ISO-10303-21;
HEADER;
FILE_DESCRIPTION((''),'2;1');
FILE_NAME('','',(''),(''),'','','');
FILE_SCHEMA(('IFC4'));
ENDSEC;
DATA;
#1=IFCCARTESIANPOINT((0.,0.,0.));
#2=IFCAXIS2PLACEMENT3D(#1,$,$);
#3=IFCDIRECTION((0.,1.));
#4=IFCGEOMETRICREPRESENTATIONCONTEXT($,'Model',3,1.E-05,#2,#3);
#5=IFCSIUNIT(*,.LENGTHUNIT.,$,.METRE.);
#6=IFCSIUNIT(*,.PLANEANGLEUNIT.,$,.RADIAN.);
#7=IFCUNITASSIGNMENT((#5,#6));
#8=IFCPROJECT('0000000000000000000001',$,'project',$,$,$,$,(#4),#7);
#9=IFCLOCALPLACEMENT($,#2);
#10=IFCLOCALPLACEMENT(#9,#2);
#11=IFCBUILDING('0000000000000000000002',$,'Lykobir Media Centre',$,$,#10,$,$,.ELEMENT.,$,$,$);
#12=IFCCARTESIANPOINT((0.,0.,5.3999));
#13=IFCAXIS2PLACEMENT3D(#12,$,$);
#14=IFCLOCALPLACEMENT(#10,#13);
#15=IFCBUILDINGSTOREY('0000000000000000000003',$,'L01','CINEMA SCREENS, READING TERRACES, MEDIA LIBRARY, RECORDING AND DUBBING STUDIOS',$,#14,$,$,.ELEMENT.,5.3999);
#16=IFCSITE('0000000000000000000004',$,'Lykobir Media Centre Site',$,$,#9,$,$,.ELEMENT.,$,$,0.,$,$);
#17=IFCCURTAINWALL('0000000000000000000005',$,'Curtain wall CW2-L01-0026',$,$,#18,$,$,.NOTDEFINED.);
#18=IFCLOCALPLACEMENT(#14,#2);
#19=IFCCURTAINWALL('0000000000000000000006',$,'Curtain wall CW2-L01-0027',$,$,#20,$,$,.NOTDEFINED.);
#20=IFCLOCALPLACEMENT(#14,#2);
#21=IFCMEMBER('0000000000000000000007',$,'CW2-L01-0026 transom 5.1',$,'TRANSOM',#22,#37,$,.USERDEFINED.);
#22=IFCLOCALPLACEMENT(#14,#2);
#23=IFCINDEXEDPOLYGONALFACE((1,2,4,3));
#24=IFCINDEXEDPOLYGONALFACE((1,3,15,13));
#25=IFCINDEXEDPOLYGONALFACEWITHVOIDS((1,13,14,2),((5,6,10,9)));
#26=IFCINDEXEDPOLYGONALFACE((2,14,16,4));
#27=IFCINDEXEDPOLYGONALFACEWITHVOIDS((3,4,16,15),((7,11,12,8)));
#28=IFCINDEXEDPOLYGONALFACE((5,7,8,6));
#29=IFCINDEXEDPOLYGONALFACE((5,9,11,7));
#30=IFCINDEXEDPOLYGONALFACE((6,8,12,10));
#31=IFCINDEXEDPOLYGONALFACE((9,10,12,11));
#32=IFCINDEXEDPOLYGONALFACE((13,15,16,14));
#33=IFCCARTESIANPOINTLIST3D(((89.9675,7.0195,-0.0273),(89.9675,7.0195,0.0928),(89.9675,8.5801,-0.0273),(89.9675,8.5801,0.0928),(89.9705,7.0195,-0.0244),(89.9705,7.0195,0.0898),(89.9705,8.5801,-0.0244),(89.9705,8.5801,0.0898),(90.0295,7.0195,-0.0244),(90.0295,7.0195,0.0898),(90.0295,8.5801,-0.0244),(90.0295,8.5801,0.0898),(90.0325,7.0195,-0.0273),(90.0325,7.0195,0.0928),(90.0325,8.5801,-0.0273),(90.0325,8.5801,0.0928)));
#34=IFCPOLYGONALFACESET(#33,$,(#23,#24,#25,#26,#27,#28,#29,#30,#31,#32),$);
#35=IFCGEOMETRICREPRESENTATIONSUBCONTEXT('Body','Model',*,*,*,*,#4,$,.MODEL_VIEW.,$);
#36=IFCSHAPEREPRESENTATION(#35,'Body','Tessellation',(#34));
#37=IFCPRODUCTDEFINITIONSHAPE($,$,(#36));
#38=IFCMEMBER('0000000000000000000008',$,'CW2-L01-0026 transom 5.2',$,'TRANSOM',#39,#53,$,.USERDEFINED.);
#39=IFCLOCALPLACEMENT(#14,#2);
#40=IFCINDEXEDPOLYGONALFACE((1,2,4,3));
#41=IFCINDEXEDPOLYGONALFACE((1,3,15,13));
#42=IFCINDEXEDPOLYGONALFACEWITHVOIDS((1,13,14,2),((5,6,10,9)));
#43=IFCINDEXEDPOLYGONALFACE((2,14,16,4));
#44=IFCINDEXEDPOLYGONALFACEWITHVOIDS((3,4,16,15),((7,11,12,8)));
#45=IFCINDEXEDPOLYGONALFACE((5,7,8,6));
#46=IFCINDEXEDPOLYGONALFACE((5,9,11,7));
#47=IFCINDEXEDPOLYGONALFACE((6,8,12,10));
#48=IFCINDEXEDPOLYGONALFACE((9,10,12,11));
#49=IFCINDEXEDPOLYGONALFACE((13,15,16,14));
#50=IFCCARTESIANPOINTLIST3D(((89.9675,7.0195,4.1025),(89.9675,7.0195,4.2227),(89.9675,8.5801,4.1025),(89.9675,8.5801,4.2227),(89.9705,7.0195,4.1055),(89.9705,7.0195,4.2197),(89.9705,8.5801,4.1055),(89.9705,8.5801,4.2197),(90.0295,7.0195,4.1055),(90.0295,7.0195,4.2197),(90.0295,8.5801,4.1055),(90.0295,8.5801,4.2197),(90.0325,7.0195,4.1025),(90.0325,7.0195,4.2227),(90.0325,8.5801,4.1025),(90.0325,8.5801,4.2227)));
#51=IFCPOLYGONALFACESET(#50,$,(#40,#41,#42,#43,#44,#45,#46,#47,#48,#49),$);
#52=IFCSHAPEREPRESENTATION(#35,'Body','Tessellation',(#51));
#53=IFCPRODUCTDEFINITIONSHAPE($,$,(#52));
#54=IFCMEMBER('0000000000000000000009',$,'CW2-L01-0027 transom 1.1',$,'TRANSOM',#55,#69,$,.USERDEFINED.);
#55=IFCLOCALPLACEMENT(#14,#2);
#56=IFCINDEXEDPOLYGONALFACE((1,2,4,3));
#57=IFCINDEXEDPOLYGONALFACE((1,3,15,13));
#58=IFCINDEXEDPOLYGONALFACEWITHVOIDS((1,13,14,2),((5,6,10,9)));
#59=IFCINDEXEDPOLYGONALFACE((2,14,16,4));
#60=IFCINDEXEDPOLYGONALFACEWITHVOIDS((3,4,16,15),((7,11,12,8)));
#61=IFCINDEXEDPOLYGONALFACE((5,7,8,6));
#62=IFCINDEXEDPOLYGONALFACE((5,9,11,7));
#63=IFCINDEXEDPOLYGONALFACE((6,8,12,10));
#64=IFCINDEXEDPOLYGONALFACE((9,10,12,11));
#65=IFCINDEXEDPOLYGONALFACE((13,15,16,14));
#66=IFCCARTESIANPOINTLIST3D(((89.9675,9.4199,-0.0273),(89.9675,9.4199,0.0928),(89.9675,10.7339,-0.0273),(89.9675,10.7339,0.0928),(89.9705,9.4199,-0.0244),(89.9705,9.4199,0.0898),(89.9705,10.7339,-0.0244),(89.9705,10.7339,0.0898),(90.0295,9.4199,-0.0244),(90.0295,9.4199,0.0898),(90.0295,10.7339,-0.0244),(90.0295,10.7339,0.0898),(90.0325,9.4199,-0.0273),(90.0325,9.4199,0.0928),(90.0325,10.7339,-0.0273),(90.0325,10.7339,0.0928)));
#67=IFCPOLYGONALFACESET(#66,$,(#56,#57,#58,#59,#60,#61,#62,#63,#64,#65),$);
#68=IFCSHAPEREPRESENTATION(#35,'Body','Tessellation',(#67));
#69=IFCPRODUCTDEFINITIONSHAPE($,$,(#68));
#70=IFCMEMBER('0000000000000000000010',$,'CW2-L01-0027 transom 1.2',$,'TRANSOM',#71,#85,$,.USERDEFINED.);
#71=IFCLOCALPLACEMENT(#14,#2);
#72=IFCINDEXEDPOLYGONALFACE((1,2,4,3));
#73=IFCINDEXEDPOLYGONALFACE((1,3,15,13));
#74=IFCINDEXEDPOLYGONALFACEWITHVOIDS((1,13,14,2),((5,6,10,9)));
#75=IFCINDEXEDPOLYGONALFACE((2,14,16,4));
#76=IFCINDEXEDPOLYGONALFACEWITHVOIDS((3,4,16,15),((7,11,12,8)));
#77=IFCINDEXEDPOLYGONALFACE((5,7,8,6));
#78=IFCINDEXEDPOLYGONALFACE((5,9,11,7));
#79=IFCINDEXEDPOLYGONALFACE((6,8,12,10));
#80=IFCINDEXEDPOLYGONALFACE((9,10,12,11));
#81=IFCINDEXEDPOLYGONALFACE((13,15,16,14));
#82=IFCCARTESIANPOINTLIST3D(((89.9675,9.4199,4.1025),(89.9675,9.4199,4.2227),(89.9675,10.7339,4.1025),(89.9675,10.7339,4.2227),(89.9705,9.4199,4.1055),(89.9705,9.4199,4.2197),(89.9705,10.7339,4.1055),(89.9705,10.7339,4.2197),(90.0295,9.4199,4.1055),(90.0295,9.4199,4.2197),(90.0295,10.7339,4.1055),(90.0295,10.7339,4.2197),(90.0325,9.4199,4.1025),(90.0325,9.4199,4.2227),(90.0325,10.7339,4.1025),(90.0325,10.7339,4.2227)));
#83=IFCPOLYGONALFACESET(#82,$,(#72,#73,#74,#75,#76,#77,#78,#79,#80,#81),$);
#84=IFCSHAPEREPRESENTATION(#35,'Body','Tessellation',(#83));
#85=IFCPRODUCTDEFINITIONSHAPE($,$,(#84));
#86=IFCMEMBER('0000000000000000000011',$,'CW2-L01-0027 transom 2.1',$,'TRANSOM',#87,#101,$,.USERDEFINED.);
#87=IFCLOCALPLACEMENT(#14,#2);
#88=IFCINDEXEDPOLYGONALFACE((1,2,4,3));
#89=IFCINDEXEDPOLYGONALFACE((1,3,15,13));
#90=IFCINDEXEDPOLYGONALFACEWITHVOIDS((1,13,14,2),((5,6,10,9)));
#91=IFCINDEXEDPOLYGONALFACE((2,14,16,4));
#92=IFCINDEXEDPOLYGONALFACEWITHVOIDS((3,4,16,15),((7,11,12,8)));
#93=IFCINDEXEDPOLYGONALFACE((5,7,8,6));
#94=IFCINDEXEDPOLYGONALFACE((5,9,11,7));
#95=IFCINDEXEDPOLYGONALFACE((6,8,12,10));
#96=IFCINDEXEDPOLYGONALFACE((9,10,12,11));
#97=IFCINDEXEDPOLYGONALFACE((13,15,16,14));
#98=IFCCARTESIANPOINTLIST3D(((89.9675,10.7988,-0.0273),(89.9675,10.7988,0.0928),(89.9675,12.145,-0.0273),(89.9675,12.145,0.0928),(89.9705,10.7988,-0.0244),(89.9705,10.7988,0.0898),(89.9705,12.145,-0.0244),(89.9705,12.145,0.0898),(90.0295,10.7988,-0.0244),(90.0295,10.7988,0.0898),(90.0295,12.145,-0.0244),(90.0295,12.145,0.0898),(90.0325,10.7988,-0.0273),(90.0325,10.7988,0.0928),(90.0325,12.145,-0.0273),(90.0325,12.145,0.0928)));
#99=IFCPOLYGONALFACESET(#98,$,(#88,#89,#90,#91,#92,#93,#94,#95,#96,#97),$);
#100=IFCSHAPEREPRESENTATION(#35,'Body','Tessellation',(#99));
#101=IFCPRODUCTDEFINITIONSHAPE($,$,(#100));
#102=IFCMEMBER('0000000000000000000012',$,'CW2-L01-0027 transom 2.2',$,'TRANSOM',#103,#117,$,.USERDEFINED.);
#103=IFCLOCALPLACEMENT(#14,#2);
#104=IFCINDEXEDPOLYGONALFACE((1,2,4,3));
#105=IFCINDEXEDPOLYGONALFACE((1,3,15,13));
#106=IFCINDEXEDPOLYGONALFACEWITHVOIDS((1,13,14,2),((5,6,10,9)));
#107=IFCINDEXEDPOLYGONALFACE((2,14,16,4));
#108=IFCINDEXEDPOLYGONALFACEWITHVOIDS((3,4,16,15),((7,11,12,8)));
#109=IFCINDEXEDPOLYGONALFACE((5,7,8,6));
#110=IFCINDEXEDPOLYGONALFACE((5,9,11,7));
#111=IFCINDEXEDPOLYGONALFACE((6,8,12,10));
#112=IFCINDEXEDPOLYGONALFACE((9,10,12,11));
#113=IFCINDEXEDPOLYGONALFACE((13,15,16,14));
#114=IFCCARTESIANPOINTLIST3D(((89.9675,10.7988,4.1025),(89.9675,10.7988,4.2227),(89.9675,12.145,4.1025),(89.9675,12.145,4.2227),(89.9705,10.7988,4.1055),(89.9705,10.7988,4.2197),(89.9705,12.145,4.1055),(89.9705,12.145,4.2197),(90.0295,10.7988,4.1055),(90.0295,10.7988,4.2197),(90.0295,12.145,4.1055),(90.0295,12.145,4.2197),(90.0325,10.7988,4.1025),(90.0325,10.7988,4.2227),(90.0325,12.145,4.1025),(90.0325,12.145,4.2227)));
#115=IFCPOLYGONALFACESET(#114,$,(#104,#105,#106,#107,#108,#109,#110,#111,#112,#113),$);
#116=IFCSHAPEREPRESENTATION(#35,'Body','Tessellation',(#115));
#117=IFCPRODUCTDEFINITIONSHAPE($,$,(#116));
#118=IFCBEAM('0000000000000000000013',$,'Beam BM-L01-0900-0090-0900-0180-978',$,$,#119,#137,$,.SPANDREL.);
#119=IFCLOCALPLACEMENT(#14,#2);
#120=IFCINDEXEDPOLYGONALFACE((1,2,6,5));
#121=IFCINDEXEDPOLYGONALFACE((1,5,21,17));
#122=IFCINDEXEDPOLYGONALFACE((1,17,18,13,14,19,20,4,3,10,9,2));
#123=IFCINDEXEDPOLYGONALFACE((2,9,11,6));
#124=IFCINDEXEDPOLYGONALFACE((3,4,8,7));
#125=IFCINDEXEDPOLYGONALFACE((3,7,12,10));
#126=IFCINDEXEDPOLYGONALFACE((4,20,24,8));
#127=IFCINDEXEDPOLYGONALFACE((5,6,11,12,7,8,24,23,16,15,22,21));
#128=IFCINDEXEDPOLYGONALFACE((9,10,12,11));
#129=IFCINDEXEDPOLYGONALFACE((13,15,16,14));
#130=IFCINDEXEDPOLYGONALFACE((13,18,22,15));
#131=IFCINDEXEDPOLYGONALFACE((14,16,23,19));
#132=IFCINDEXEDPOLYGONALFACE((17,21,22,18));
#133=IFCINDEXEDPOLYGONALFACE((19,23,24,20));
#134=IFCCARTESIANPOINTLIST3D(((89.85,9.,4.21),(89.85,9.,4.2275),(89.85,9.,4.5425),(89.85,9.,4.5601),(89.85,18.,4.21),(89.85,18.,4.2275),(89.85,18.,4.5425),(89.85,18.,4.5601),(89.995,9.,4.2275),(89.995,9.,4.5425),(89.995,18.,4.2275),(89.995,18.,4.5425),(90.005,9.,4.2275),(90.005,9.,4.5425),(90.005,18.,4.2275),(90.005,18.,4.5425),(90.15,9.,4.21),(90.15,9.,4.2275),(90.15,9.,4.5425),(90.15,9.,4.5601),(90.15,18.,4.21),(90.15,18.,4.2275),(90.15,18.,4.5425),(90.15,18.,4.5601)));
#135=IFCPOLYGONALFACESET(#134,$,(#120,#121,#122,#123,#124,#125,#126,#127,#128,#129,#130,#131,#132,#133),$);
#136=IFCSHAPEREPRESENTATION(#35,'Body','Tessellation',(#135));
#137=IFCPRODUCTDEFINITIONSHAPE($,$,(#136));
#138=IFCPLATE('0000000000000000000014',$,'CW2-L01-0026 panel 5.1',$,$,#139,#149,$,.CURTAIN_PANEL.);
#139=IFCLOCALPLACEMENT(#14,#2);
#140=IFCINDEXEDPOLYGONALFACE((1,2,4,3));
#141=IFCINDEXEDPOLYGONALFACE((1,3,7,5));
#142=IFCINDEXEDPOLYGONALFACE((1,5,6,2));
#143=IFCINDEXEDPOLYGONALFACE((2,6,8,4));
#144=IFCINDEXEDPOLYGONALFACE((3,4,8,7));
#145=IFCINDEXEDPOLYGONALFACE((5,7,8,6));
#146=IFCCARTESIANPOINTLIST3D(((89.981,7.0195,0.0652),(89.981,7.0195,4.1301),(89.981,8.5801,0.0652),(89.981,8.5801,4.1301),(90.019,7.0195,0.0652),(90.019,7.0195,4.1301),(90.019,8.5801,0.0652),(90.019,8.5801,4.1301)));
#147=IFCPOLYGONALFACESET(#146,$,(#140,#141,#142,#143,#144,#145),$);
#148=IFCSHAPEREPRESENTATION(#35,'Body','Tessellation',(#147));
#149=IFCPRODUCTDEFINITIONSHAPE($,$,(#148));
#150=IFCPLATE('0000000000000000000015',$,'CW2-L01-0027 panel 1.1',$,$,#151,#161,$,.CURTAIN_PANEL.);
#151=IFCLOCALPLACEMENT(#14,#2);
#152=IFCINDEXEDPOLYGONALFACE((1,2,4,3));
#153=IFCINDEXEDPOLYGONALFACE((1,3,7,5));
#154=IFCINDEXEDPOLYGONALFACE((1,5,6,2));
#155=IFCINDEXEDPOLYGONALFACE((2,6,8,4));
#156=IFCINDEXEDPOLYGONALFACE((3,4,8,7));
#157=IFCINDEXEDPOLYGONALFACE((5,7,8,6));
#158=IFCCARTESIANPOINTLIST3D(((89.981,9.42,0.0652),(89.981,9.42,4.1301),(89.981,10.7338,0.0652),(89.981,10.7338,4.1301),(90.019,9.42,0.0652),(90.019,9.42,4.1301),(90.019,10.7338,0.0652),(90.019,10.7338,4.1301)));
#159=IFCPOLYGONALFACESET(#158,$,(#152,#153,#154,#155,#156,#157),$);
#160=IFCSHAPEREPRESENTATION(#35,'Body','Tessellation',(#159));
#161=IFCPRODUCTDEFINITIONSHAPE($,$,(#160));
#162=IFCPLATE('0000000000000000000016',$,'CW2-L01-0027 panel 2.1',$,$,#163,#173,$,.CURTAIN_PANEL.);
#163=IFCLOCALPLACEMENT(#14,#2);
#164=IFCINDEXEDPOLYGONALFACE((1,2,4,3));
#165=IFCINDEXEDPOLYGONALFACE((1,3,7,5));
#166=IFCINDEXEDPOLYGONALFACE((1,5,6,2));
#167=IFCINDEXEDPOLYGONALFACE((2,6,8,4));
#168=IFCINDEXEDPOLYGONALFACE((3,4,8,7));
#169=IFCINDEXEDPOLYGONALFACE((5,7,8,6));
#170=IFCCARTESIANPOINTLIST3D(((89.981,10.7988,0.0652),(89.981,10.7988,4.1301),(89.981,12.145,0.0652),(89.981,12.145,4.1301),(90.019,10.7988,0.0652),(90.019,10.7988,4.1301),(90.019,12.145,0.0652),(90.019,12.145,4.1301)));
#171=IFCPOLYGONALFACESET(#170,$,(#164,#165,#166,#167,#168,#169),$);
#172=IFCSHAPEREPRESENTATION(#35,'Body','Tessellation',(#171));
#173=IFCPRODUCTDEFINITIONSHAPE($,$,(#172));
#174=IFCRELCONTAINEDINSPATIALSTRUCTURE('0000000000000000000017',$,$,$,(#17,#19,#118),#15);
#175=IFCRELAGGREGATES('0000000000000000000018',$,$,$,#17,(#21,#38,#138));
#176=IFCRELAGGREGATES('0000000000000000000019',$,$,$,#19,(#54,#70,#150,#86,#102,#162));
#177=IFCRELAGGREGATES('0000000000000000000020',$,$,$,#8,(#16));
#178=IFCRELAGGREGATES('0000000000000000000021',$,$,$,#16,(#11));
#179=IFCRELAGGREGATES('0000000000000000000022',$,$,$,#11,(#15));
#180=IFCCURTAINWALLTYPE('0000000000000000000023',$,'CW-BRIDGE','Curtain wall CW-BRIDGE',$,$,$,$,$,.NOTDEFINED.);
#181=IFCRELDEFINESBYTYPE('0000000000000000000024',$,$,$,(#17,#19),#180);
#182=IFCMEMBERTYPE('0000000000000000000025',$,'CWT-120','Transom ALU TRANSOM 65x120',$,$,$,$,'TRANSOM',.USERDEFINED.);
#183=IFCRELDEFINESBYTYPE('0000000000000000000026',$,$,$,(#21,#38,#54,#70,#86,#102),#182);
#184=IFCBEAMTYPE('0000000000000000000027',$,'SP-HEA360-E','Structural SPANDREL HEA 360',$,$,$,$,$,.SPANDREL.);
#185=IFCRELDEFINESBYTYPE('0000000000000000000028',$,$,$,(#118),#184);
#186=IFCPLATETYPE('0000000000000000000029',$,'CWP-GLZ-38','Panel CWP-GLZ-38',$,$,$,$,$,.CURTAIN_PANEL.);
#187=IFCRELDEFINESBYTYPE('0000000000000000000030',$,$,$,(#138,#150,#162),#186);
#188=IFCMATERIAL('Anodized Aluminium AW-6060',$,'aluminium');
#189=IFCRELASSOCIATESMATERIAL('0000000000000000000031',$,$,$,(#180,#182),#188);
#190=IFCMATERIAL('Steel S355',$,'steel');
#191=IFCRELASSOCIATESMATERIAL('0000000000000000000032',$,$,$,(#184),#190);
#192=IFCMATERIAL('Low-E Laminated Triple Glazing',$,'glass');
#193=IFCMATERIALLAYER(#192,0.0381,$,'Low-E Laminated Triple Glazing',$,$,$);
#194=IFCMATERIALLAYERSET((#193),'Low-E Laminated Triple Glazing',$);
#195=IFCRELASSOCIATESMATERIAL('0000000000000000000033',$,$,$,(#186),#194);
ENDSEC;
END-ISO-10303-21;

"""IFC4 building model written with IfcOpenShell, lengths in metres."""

from ifc_helpers import new_model, si_unit, direction, frame, origin, origin_2d, place, context, subcontext, project, spatial, rectangle, hollow_rectangle, i_section, extrude, material, layer, layer_set, material_profile, profile_set, type_object, element, aggregate, save


model = new_model("IFC4")

# Units and contexts
model_context = context("Model", 3, precision=1e-05, world=origin(), true_north=direction((0.0, 1.0)))
body_context = subcontext(model_context, "Body", "Model", "MODEL_VIEW")
ifc_project = project(units=[si_unit("LENGTHUNIT", "METRE"), si_unit("PLANEANGLEUNIT", "RADIAN")], contexts=[model_context])

# Site, building, storey
site_placement = place(None, origin())
site = spatial("IfcSite", under=ifc_project, at=site_placement, Name="Lykobir Media Centre Site", CompositionType="ELEMENT", RefElevation=0.0)
building_placement = place(site_placement, origin())
building = spatial("IfcBuilding", under=site, at=building_placement, Name="Lykobir Media Centre", CompositionType="ELEMENT")
storey_placement = place(building_placement, frame((0.0, 0.0, 5.3999)))
storey = spatial("IfcBuildingStorey", under=building, at=storey_placement, Name="L01", Description="CINEMA SCREENS, READING TERRACES, MEDIA LIBRARY, RECORDING AND DUBBING STUDIOS", CompositionType="ELEMENT", Elevation=5.3999)

# Shared definitions
ifc_material_1 = material(Name="Steel S355", Category="steel")

# Curtain walls
ifc_material_2 = material(Name="Anodized Aluminium AW-6060", Category="aluminium")
curtain_wall_type = type_object("IfcCurtainWallType", Name="CW-BRIDGE", Description="Curtain wall CW-BRIDGE", PredefinedType="NOTDEFINED", material=ifc_material_2)
curtain_wall_1_placement = place(storey_placement, origin())
curtain_wall_1 = element("IfcCurtainWall", 1, at=curtain_wall_1_placement, inside=storey, type_object=curtain_wall_type, Name="Curtain wall CW2-L01-0026", PredefinedType="NOTDEFINED")
curtain_wall_2_placement = place(storey_placement, origin())
curtain_wall_2 = element("IfcCurtainWall", 2, at=curtain_wall_2_placement, inside=storey, type_object=curtain_wall_type, Name="Curtain wall CW2-L01-0027", PredefinedType="NOTDEFINED")

# Members
ifc_material_profile_1 = material_profile(ifc_material_2, hollow_rectangle(XDim=0.0649, YDim=0.1201, WallThickness=0.0029, at=origin_2d()), Name="ALU TRANSOM 65x120")
ifc_profile_set_1 = profile_set([ifc_material_profile_1], Name="Anodized Aluminium AW-6060")
member_type_1 = type_object("IfcMemberType", Name="CWT-120", Description="Transom ALU TRANSOM 65x120", ElementType="TRANSOM", PredefinedType="USERDEFINED", material=ifc_profile_set_1)
member_1_placement = place(storey_placement, frame((90.0, 7.0195, 0.0327), z_axis=(0.0, 1.0, 0.0), x_axis=(-1.0, 0.0, 0.0)))
member_1 = element("IfcMember", 3, at=member_1_placement, type_object=member_type_1, Name="CW2-L01-0026 transom 5.1", ObjectType="TRANSOM", PredefinedType="USERDEFINED", context=body_context, shape_type="SweptSolid", body=[
    extrude(hollow_rectangle(XDim=0.0649, YDim=0.1201, WallThickness=0.0029, at=origin_2d()), origin(), (0.0, 0.0, 1.0), 1.5605),
])
member_2_placement = place(storey_placement, frame((90.0, 7.0195, 4.1626), z_axis=(0.0, 1.0, 0.0), x_axis=(-1.0, 0.0, 0.0)))
member_2 = element("IfcMember", 4, at=member_2_placement, type_object=member_type_1, Name="CW2-L01-0026 transom 5.2", ObjectType="TRANSOM", PredefinedType="USERDEFINED", context=body_context, shape_type="SweptSolid", body=[
    extrude(hollow_rectangle(XDim=0.0649, YDim=0.1201, WallThickness=0.0029, at=origin_2d()), origin(), (0.0, 0.0, 1.0), 1.5605),
])
member_3_placement = place(storey_placement, frame((90.0, 9.4199, 0.0327), z_axis=(0.0, 1.0, 0.0), x_axis=(-1.0, 0.0, 0.0)))
member_3 = element("IfcMember", 5, at=member_3_placement, type_object=member_type_1, Name="CW2-L01-0027 transom 1.1", ObjectType="TRANSOM", PredefinedType="USERDEFINED", context=body_context, shape_type="SweptSolid", body=[
    extrude(hollow_rectangle(XDim=0.0649, YDim=0.1201, WallThickness=0.0029, at=origin_2d()), origin(), (0.0, 0.0, 1.0), 1.314),
])
member_4_placement = place(storey_placement, frame((90.0, 9.4199, 4.1626), z_axis=(0.0, 1.0, 0.0), x_axis=(-1.0, 0.0, 0.0)))
member_4 = element("IfcMember", 6, at=member_4_placement, type_object=member_type_1, Name="CW2-L01-0027 transom 1.2", ObjectType="TRANSOM", PredefinedType="USERDEFINED", context=body_context, shape_type="SweptSolid", body=[
    extrude(hollow_rectangle(XDim=0.0649, YDim=0.1201, WallThickness=0.0029, at=origin_2d()), origin(), (0.0, 0.0, 1.0), 1.314),
])
member_5_placement = place(storey_placement, frame((90.0, 10.7988, 0.0327), z_axis=(0.0, 1.0, 0.0), x_axis=(-1.0, 0.0, 0.0)))
member_5 = element("IfcMember", 7, at=member_5_placement, type_object=member_type_1, Name="CW2-L01-0027 transom 2.1", ObjectType="TRANSOM", PredefinedType="USERDEFINED", context=body_context, shape_type="SweptSolid", body=[
    extrude(hollow_rectangle(XDim=0.0649, YDim=0.1201, WallThickness=0.0029, at=origin_2d()), origin(), (0.0, 0.0, 1.0), 1.3462),
])
member_6_placement = place(storey_placement, frame((90.0, 10.7988, 4.1626), z_axis=(0.0, 1.0, 0.0), x_axis=(-1.0, 0.0, 0.0)))
member_6 = element("IfcMember", 8, at=member_6_placement, type_object=member_type_1, Name="CW2-L01-0027 transom 2.2", ObjectType="TRANSOM", PredefinedType="USERDEFINED", context=body_context, shape_type="SweptSolid", body=[
    extrude(hollow_rectangle(XDim=0.0649, YDim=0.1201, WallThickness=0.0029, at=origin_2d()), origin(), (0.0, 0.0, 1.0), 1.3462),
])

# Beam
ifc_material_profile_2 = material_profile(ifc_material_1, i_section(OverallWidth=0.3, OverallDepth=0.3501, WebThickness=0.01, FlangeThickness=0.0176, at=origin_2d()), Name="HEA 360")
ifc_profile_set_2 = profile_set([ifc_material_profile_2], Name="Steel S355")
beam_type_1 = type_object("IfcBeamType", Name="SP-HEA360-E", Description="Structural SPANDREL HEA 360", PredefinedType="SPANDREL", material=ifc_profile_set_2)
beam_1_placement = place(storey_placement, frame((90.0, 9.0, 4.385), z_axis=(0.0, 1.0, 0.0), x_axis=(-1.0, 0.0, 0.0)))
element("IfcBeam", 9, at=beam_1_placement, inside=storey, type_object=beam_type_1, Name="Beam BM-L01-0900-0090-0900-0180-978", PredefinedType="SPANDREL", context=body_context, shape_type="SweptSolid", body=[
    extrude(i_section(OverallWidth=0.3, OverallDepth=0.3501, WebThickness=0.01, FlangeThickness=0.0176, at=origin_2d()), origin(), (0.0, 0.0, 1.0), 9.0),
])

# Plates
ifc_material_3 = material(Name="Low-E Laminated Triple Glazing", Category="glass")
ifc_layer = layer(ifc_material_3, 0.0381, Name="Low-E Laminated Triple Glazing")
ifc_layer_set = layer_set([ifc_layer], Name="Low-E Laminated Triple Glazing")
plate_type = type_object("IfcPlateType", Name="CWP-GLZ-38", Description="Panel CWP-GLZ-38", PredefinedType="CURTAIN_PANEL", material=ifc_layer_set)
plate_1_placement = place(storey_placement, frame((90.0, 7.7998, 0.0652), z_axis=(0.0, 0.0, 1.0), x_axis=(0.0, 1.0, 0.0)))
plate_1 = element("IfcPlate", 10, at=plate_1_placement, type_object=plate_type, Name="CW2-L01-0026 panel 5.1", PredefinedType="CURTAIN_PANEL", context=body_context, shape_type="SweptSolid", body=[
    extrude(rectangle(XDim=1.5605, YDim=0.0381, at=origin_2d()), origin(), (0.0, 0.0, 1.0), 4.0649),
])
aggregate(curtain_wall_1, [member_1, member_2, plate_1])
plate_2_placement = place(storey_placement, frame((90.0, 10.0769, 0.0652), z_axis=(0.0, 0.0, 1.0), x_axis=(0.0, 1.0, 0.0)))
plate_2 = element("IfcPlate", 11, at=plate_2_placement, type_object=plate_type, Name="CW2-L01-0027 panel 1.1", PredefinedType="CURTAIN_PANEL", context=body_context, shape_type="SweptSolid", body=[
    extrude(rectangle(XDim=1.3137, YDim=0.0381, at=origin_2d()), origin(), (0.0, 0.0, 1.0), 4.0649),
])
plate_3_placement = place(storey_placement, frame((90.0, 11.4719, 0.0652), z_axis=(0.0, 0.0, 1.0), x_axis=(0.0, 1.0, 0.0)))
plate_3 = element("IfcPlate", 12, at=plate_3_placement, type_object=plate_type, Name="CW2-L01-0027 panel 2.1", PredefinedType="CURTAIN_PANEL", context=body_context, shape_type="SweptSolid", body=[
    extrude(rectangle(XDim=1.3462, YDim=0.0381, at=origin_2d()), origin(), (0.0, 0.0, 1.0), 4.0649),
])
aggregate(curtain_wall_2, [member_3, member_4, plate_2, member_5, member_6, plate_3])

save(model, "model.ifc")
